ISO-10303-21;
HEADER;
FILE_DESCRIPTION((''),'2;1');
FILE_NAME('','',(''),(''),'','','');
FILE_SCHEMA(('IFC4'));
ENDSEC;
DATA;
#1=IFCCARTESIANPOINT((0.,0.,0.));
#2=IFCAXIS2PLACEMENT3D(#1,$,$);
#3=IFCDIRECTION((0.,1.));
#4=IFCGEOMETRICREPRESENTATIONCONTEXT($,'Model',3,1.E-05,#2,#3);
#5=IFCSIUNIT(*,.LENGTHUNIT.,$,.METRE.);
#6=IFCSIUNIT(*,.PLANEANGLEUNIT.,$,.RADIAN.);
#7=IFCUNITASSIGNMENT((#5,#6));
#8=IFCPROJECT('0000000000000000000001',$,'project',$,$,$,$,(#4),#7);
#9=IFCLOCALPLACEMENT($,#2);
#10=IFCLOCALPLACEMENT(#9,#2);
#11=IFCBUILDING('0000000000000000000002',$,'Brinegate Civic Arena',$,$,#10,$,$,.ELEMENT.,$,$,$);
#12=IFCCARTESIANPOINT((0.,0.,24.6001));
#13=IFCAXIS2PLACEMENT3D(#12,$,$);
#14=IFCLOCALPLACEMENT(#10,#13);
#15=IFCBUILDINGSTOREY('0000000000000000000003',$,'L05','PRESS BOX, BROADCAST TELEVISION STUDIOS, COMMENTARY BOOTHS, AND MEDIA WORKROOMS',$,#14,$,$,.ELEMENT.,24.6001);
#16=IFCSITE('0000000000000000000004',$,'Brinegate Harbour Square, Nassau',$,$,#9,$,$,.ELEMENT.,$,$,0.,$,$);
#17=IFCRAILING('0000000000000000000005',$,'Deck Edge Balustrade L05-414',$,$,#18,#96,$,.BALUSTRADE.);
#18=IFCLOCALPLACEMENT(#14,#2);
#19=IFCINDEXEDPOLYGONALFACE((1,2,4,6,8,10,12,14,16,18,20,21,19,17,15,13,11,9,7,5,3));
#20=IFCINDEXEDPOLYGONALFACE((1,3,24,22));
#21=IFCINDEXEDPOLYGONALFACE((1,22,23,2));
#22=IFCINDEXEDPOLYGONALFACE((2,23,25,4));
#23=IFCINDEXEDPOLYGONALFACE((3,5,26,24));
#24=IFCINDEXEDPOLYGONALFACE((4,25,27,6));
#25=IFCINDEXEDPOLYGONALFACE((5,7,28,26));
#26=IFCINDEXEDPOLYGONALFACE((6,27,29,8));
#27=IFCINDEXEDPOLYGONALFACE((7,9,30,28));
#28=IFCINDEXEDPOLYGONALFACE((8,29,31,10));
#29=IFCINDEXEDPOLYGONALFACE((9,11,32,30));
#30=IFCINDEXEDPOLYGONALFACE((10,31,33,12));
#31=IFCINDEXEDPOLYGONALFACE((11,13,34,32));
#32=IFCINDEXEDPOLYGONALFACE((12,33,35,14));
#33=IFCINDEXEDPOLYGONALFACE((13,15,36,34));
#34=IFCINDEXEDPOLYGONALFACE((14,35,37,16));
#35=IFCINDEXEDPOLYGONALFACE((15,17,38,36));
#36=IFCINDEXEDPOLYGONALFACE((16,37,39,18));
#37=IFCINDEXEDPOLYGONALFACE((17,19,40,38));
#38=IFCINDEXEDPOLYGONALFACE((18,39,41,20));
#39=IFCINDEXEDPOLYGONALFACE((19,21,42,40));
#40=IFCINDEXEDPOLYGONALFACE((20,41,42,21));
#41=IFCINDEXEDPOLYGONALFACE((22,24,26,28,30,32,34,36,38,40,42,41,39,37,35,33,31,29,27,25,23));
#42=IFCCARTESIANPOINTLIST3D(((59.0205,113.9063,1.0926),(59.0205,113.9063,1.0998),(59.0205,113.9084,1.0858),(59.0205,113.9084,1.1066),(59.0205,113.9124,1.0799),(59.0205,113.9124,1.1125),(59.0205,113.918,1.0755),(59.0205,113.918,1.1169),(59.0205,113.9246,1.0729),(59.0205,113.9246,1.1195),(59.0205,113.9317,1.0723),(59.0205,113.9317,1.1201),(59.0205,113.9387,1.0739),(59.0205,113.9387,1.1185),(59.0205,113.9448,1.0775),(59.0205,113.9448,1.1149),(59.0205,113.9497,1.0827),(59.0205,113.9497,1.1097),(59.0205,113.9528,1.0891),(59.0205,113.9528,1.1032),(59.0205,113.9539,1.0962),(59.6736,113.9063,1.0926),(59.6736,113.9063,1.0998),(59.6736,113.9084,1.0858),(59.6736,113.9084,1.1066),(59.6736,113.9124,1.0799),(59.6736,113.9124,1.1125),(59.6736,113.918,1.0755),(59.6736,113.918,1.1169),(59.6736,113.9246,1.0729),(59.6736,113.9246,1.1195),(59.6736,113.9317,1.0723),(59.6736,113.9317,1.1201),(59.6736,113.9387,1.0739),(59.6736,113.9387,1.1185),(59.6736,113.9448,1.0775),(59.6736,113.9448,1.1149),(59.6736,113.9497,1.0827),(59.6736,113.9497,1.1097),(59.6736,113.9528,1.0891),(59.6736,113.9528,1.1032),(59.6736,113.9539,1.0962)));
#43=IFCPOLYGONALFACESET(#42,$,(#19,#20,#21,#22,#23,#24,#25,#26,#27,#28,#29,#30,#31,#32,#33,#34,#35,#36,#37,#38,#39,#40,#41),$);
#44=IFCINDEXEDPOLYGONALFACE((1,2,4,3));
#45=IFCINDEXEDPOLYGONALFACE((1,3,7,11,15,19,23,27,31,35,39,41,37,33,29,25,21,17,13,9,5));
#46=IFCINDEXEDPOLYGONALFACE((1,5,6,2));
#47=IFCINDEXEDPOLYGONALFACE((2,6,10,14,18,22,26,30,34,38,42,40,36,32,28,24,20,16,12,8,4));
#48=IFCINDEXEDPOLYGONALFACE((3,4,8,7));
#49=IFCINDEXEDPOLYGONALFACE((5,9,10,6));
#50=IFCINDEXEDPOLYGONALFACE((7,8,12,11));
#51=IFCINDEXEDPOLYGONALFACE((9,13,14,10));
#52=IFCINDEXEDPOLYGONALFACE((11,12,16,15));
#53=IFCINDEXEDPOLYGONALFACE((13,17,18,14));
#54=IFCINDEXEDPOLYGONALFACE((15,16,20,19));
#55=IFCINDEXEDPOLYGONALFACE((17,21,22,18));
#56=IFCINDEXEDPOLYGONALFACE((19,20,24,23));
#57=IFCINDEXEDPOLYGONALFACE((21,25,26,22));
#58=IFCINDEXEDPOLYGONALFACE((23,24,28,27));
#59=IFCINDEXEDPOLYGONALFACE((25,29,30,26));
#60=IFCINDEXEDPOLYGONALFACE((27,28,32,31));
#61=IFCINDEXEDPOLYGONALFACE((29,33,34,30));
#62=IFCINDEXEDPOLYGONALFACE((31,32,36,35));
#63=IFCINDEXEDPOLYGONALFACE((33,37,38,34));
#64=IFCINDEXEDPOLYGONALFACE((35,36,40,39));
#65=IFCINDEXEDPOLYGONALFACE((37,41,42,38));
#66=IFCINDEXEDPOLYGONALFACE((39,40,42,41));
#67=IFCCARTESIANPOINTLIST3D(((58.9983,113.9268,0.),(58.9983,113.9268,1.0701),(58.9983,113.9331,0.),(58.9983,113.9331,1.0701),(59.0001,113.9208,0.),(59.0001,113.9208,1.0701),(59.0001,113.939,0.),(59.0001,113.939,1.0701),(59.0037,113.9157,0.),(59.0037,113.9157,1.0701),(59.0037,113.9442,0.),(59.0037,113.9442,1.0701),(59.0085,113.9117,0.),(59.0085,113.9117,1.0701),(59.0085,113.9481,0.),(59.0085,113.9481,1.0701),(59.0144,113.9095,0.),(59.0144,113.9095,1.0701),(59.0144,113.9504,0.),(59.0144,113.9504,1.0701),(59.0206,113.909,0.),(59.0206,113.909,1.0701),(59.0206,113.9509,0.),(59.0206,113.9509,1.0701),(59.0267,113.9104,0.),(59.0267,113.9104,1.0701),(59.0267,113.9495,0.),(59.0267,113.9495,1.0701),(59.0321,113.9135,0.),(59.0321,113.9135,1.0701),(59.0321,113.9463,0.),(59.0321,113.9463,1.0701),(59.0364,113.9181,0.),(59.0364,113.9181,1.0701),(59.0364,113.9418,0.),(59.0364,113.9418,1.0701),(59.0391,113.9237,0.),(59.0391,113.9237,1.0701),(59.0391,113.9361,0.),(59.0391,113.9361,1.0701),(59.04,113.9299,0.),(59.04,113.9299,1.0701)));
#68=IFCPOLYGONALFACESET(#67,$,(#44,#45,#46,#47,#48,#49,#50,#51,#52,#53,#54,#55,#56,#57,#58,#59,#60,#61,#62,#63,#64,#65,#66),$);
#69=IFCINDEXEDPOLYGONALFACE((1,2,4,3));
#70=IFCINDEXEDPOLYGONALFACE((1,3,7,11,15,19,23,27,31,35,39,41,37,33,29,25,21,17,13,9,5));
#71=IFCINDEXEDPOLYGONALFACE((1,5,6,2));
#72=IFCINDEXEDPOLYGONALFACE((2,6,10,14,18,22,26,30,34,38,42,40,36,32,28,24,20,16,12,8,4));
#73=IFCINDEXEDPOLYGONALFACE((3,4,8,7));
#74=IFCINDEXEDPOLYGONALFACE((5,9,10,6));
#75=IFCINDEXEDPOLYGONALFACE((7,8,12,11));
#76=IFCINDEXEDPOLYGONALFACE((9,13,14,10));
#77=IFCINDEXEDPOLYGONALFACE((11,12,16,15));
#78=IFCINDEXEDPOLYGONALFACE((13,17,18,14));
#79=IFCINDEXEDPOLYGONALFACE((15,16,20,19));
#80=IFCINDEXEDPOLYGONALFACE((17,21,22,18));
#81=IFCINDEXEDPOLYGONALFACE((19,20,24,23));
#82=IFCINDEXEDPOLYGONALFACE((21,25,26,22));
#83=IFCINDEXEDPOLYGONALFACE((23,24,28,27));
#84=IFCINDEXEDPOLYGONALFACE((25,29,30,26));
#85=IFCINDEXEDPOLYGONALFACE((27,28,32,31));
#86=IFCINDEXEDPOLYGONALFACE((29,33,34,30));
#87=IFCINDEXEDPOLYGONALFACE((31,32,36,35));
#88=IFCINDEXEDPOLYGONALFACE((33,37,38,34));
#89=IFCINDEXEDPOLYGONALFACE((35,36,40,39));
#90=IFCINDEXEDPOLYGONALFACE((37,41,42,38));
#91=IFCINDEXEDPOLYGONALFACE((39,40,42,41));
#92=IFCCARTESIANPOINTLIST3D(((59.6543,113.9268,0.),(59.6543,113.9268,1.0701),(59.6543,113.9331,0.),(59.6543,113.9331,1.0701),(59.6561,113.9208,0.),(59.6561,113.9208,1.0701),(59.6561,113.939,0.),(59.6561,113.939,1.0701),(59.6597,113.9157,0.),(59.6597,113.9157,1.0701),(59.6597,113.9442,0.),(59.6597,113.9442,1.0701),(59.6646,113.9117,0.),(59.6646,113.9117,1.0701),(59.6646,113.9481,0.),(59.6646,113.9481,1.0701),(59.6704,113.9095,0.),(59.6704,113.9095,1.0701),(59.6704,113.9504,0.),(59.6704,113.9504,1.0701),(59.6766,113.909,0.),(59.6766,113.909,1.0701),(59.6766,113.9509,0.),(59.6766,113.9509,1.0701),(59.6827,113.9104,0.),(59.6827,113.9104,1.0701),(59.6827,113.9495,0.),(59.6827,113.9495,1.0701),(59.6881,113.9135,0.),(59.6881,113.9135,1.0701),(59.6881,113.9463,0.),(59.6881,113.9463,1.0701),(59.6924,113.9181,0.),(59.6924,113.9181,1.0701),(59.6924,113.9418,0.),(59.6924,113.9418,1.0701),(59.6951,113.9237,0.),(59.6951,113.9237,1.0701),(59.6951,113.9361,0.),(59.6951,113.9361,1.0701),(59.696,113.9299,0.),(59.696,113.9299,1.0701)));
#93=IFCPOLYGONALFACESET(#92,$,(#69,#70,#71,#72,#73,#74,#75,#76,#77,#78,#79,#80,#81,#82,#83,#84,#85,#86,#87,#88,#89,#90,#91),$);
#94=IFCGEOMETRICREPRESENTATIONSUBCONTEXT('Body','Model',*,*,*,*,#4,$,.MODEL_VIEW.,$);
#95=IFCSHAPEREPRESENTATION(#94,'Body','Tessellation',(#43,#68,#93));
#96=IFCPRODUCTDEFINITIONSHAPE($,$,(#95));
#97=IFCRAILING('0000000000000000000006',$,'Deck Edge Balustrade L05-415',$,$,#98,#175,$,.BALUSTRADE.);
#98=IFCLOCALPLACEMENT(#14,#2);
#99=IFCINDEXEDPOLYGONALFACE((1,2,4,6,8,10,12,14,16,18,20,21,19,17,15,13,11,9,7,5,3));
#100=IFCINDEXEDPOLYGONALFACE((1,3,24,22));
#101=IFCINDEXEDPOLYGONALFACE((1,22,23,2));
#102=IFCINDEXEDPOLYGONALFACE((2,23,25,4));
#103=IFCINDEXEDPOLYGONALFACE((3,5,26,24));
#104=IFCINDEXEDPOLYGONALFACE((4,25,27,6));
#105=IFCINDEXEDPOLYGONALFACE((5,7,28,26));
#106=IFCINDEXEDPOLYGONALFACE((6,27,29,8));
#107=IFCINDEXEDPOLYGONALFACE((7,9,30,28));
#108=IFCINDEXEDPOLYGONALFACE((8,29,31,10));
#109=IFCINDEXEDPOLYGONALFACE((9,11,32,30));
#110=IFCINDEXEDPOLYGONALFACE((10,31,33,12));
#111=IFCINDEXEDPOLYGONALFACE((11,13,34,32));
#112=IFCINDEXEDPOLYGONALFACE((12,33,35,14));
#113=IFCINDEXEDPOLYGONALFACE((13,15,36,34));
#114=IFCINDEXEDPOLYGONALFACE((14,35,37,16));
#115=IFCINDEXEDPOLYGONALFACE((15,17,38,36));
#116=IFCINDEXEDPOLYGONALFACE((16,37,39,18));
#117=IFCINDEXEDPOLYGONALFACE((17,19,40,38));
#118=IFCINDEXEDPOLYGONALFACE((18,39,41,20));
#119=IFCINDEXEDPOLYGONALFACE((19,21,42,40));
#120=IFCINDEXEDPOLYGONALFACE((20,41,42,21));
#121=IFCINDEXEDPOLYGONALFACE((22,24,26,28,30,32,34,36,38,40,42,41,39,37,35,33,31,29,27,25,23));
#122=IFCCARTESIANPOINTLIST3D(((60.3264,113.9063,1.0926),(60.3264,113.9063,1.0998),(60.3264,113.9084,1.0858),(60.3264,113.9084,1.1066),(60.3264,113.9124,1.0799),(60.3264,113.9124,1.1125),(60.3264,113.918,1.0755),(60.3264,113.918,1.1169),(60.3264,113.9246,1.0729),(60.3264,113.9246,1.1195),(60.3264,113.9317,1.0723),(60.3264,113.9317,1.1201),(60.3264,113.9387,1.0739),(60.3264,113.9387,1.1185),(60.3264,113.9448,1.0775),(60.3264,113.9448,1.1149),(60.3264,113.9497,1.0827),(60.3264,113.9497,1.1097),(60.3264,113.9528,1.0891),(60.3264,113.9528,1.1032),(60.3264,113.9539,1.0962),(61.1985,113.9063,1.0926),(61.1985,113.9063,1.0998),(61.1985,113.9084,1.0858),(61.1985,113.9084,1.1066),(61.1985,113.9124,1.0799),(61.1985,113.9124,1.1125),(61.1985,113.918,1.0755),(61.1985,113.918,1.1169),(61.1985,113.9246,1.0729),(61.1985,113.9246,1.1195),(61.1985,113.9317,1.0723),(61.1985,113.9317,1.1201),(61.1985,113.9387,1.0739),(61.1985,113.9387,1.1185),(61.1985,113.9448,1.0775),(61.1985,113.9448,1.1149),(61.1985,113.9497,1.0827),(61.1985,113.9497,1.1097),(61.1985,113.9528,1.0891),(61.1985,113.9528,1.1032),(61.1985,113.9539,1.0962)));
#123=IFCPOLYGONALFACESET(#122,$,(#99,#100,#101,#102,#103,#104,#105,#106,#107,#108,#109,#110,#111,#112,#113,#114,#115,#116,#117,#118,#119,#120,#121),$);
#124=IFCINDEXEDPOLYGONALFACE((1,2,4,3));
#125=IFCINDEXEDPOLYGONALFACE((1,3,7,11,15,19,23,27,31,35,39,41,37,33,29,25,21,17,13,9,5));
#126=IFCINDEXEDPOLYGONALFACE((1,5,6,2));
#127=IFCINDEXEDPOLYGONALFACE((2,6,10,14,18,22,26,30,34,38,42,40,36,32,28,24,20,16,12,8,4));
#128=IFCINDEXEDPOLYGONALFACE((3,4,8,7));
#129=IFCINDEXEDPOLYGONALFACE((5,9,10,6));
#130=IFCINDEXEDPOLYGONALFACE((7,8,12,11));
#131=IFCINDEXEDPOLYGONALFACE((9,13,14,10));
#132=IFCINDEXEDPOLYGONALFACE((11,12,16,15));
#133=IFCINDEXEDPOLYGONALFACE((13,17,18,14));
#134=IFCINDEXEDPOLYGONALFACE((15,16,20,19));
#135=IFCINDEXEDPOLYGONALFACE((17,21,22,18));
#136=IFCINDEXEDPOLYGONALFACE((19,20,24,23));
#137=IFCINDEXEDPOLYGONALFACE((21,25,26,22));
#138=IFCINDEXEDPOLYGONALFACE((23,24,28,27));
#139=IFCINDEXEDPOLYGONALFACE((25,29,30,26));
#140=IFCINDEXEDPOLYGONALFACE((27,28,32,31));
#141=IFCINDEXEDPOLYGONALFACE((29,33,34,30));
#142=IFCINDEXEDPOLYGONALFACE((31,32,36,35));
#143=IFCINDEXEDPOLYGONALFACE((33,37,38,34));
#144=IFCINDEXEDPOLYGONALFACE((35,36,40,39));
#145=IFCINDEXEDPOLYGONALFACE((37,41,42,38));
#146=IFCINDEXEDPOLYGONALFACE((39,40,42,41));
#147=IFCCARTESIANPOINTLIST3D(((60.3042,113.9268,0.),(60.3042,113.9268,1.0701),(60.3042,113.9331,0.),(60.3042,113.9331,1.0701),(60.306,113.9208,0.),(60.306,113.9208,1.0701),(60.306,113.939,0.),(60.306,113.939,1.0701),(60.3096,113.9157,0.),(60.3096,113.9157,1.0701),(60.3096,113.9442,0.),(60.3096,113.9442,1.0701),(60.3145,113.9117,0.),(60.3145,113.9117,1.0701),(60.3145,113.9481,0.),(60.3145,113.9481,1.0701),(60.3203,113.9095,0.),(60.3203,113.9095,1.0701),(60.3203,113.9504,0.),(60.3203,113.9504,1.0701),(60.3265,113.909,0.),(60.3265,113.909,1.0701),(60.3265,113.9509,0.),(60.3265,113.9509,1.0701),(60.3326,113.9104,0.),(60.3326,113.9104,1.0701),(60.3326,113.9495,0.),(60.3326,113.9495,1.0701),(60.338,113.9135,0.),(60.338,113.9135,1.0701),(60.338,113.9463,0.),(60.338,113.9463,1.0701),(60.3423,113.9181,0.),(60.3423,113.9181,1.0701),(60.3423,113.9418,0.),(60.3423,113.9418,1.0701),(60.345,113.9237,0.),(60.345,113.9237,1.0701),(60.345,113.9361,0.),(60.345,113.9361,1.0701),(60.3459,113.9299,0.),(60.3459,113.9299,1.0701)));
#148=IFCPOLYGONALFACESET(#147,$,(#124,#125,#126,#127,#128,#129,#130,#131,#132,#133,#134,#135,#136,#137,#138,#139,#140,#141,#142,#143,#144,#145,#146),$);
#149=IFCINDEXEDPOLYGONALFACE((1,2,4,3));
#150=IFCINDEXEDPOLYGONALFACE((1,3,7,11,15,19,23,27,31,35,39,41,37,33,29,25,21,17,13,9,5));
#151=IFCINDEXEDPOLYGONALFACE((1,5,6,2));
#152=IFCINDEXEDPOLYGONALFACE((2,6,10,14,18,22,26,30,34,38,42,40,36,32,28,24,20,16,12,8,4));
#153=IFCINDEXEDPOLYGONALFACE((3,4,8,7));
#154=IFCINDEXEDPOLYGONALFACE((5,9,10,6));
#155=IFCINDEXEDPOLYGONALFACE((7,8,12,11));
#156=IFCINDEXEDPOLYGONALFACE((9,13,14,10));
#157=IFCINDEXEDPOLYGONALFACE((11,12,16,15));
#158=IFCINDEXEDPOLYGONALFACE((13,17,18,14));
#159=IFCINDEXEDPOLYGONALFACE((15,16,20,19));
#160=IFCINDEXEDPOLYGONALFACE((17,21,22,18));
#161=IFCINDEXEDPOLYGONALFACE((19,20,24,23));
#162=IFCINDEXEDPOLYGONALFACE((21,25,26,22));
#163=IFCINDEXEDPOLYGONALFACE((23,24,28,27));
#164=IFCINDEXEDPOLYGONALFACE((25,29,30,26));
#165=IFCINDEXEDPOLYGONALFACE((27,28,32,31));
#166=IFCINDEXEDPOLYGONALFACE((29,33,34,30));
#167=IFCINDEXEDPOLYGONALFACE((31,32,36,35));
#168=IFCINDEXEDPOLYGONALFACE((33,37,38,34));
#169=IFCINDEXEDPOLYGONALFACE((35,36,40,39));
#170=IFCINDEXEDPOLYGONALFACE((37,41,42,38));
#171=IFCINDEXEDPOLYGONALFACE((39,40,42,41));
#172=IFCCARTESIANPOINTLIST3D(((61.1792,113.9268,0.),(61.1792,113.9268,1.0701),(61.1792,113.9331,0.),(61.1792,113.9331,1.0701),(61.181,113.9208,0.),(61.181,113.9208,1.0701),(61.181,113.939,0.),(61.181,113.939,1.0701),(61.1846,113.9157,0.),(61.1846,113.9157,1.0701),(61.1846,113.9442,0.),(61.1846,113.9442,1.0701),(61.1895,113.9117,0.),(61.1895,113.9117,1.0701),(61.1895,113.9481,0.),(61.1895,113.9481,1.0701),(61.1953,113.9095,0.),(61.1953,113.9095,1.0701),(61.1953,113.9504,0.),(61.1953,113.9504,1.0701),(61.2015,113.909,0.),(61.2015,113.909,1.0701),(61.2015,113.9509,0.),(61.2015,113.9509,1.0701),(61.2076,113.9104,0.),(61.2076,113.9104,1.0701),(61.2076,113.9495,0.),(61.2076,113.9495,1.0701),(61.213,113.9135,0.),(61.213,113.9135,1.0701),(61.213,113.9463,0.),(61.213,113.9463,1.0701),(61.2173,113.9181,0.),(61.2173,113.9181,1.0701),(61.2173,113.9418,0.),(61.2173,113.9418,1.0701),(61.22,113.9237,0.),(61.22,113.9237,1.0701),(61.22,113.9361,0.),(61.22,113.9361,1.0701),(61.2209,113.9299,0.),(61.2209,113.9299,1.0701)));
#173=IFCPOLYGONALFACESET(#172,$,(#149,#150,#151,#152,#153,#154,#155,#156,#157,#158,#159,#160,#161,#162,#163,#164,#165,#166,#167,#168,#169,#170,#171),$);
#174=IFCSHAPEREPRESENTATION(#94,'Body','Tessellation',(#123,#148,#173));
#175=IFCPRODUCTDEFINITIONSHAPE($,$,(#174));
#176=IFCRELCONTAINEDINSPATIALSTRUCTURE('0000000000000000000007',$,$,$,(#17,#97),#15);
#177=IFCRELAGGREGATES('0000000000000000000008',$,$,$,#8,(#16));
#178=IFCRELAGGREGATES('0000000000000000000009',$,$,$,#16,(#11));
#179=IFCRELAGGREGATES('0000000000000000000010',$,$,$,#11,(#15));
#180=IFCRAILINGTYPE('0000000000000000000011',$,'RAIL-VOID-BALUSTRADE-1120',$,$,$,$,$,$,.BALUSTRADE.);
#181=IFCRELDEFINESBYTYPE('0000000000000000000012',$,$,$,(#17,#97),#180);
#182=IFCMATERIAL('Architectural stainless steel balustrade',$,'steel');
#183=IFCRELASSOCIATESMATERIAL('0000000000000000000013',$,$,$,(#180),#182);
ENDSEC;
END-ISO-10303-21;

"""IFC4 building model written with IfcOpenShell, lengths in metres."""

from ifc_helpers import new_model, si_unit, direction, frame, origin, origin_2d, place, context, subcontext, project, spatial, circle, extrude, material, type_object, element, save


model = new_model("IFC4")

# Units and contexts
model_context = context("Model", 3, precision=1e-05, world=origin(), true_north=direction((0.0, 1.0)))
body_context = subcontext(model_context, "Body", "Model", "MODEL_VIEW")
ifc_project = project(units=[si_unit("LENGTHUNIT", "METRE"), si_unit("PLANEANGLEUNIT", "RADIAN")], contexts=[model_context])

# Site, building, storey
site_placement = place(None, origin())
site = spatial("IfcSite", under=ifc_project, at=site_placement, Name="Brinegate Harbour Square, Nassau", CompositionType="ELEMENT", RefElevation=0.0)
building_placement = place(site_placement, origin())
building = spatial("IfcBuilding", under=site, at=building_placement, Name="Brinegate Civic Arena", CompositionType="ELEMENT")
storey_placement = place(building_placement, frame((0.0, 0.0, 24.6001)))
storey = spatial("IfcBuildingStorey", under=building, at=storey_placement, Name="L05", Description="PRESS BOX, BROADCAST TELEVISION STUDIOS, COMMENTARY BOOTHS, AND MEDIA WORKROOMS", CompositionType="ELEMENT", Elevation=24.6001)

# Railings
ifc_material_1 = material(Name="Architectural stainless steel balustrade", Category="steel")
railing_type_1 = type_object("IfcRailingType", Name="RAIL-VOID-BALUSTRADE-1120", PredefinedType="BALUSTRADE", material=ifc_material_1)
railing_1_placement = place(storey_placement, frame((59.019, 113.9299, 0.0)))
element("IfcRailing", 1, at=railing_1_placement, inside=storey, type_object=railing_type_1, Name="Deck Edge Balustrade L05-414", PredefinedType="BALUSTRADE", context=body_context, shape_type="SweptSolid", body=[
    extrude(circle(Radius=0.0239, at=origin_2d()), frame((0.0015, 0.0, 1.0962), z_axis=(1.0, 0.0, 0.0), x_axis=(0.0, 1.0, 0.0)), (0.0, 0.0, 1.0), 0.6531),
    extrude(circle(Radius=0.021, at=origin_2d()), origin(), (0.0, 0.0, 1.0), 1.0701),
    extrude(circle(Radius=0.021, at=origin_2d()), frame((0.656, 0.0, 0.0)), (0.0, 0.0, 1.0), 1.0701),
])
railing_2_placement = place(storey_placement, frame((60.325, 113.9299, 0.0)))
element("IfcRailing", 2, at=railing_2_placement, inside=storey, type_object=railing_type_1, Name="Deck Edge Balustrade L05-415", PredefinedType="BALUSTRADE", context=body_context, shape_type="SweptSolid", body=[
    extrude(circle(Radius=0.0239, at=origin_2d()), frame((0.0015, 0.0, 1.0962), z_axis=(1.0, 0.0, 0.0), x_axis=(0.0, 1.0, 0.0)), (0.0, 0.0, 1.0), 0.8721),
    extrude(circle(Radius=0.021, at=origin_2d()), origin(), (0.0, 0.0, 1.0), 1.0701),
    extrude(circle(Radius=0.021, at=origin_2d()), frame((0.875, 0.0, 0.0)), (0.0, 0.0, 1.0), 1.0701),
])

save(model, "model.ifc")
